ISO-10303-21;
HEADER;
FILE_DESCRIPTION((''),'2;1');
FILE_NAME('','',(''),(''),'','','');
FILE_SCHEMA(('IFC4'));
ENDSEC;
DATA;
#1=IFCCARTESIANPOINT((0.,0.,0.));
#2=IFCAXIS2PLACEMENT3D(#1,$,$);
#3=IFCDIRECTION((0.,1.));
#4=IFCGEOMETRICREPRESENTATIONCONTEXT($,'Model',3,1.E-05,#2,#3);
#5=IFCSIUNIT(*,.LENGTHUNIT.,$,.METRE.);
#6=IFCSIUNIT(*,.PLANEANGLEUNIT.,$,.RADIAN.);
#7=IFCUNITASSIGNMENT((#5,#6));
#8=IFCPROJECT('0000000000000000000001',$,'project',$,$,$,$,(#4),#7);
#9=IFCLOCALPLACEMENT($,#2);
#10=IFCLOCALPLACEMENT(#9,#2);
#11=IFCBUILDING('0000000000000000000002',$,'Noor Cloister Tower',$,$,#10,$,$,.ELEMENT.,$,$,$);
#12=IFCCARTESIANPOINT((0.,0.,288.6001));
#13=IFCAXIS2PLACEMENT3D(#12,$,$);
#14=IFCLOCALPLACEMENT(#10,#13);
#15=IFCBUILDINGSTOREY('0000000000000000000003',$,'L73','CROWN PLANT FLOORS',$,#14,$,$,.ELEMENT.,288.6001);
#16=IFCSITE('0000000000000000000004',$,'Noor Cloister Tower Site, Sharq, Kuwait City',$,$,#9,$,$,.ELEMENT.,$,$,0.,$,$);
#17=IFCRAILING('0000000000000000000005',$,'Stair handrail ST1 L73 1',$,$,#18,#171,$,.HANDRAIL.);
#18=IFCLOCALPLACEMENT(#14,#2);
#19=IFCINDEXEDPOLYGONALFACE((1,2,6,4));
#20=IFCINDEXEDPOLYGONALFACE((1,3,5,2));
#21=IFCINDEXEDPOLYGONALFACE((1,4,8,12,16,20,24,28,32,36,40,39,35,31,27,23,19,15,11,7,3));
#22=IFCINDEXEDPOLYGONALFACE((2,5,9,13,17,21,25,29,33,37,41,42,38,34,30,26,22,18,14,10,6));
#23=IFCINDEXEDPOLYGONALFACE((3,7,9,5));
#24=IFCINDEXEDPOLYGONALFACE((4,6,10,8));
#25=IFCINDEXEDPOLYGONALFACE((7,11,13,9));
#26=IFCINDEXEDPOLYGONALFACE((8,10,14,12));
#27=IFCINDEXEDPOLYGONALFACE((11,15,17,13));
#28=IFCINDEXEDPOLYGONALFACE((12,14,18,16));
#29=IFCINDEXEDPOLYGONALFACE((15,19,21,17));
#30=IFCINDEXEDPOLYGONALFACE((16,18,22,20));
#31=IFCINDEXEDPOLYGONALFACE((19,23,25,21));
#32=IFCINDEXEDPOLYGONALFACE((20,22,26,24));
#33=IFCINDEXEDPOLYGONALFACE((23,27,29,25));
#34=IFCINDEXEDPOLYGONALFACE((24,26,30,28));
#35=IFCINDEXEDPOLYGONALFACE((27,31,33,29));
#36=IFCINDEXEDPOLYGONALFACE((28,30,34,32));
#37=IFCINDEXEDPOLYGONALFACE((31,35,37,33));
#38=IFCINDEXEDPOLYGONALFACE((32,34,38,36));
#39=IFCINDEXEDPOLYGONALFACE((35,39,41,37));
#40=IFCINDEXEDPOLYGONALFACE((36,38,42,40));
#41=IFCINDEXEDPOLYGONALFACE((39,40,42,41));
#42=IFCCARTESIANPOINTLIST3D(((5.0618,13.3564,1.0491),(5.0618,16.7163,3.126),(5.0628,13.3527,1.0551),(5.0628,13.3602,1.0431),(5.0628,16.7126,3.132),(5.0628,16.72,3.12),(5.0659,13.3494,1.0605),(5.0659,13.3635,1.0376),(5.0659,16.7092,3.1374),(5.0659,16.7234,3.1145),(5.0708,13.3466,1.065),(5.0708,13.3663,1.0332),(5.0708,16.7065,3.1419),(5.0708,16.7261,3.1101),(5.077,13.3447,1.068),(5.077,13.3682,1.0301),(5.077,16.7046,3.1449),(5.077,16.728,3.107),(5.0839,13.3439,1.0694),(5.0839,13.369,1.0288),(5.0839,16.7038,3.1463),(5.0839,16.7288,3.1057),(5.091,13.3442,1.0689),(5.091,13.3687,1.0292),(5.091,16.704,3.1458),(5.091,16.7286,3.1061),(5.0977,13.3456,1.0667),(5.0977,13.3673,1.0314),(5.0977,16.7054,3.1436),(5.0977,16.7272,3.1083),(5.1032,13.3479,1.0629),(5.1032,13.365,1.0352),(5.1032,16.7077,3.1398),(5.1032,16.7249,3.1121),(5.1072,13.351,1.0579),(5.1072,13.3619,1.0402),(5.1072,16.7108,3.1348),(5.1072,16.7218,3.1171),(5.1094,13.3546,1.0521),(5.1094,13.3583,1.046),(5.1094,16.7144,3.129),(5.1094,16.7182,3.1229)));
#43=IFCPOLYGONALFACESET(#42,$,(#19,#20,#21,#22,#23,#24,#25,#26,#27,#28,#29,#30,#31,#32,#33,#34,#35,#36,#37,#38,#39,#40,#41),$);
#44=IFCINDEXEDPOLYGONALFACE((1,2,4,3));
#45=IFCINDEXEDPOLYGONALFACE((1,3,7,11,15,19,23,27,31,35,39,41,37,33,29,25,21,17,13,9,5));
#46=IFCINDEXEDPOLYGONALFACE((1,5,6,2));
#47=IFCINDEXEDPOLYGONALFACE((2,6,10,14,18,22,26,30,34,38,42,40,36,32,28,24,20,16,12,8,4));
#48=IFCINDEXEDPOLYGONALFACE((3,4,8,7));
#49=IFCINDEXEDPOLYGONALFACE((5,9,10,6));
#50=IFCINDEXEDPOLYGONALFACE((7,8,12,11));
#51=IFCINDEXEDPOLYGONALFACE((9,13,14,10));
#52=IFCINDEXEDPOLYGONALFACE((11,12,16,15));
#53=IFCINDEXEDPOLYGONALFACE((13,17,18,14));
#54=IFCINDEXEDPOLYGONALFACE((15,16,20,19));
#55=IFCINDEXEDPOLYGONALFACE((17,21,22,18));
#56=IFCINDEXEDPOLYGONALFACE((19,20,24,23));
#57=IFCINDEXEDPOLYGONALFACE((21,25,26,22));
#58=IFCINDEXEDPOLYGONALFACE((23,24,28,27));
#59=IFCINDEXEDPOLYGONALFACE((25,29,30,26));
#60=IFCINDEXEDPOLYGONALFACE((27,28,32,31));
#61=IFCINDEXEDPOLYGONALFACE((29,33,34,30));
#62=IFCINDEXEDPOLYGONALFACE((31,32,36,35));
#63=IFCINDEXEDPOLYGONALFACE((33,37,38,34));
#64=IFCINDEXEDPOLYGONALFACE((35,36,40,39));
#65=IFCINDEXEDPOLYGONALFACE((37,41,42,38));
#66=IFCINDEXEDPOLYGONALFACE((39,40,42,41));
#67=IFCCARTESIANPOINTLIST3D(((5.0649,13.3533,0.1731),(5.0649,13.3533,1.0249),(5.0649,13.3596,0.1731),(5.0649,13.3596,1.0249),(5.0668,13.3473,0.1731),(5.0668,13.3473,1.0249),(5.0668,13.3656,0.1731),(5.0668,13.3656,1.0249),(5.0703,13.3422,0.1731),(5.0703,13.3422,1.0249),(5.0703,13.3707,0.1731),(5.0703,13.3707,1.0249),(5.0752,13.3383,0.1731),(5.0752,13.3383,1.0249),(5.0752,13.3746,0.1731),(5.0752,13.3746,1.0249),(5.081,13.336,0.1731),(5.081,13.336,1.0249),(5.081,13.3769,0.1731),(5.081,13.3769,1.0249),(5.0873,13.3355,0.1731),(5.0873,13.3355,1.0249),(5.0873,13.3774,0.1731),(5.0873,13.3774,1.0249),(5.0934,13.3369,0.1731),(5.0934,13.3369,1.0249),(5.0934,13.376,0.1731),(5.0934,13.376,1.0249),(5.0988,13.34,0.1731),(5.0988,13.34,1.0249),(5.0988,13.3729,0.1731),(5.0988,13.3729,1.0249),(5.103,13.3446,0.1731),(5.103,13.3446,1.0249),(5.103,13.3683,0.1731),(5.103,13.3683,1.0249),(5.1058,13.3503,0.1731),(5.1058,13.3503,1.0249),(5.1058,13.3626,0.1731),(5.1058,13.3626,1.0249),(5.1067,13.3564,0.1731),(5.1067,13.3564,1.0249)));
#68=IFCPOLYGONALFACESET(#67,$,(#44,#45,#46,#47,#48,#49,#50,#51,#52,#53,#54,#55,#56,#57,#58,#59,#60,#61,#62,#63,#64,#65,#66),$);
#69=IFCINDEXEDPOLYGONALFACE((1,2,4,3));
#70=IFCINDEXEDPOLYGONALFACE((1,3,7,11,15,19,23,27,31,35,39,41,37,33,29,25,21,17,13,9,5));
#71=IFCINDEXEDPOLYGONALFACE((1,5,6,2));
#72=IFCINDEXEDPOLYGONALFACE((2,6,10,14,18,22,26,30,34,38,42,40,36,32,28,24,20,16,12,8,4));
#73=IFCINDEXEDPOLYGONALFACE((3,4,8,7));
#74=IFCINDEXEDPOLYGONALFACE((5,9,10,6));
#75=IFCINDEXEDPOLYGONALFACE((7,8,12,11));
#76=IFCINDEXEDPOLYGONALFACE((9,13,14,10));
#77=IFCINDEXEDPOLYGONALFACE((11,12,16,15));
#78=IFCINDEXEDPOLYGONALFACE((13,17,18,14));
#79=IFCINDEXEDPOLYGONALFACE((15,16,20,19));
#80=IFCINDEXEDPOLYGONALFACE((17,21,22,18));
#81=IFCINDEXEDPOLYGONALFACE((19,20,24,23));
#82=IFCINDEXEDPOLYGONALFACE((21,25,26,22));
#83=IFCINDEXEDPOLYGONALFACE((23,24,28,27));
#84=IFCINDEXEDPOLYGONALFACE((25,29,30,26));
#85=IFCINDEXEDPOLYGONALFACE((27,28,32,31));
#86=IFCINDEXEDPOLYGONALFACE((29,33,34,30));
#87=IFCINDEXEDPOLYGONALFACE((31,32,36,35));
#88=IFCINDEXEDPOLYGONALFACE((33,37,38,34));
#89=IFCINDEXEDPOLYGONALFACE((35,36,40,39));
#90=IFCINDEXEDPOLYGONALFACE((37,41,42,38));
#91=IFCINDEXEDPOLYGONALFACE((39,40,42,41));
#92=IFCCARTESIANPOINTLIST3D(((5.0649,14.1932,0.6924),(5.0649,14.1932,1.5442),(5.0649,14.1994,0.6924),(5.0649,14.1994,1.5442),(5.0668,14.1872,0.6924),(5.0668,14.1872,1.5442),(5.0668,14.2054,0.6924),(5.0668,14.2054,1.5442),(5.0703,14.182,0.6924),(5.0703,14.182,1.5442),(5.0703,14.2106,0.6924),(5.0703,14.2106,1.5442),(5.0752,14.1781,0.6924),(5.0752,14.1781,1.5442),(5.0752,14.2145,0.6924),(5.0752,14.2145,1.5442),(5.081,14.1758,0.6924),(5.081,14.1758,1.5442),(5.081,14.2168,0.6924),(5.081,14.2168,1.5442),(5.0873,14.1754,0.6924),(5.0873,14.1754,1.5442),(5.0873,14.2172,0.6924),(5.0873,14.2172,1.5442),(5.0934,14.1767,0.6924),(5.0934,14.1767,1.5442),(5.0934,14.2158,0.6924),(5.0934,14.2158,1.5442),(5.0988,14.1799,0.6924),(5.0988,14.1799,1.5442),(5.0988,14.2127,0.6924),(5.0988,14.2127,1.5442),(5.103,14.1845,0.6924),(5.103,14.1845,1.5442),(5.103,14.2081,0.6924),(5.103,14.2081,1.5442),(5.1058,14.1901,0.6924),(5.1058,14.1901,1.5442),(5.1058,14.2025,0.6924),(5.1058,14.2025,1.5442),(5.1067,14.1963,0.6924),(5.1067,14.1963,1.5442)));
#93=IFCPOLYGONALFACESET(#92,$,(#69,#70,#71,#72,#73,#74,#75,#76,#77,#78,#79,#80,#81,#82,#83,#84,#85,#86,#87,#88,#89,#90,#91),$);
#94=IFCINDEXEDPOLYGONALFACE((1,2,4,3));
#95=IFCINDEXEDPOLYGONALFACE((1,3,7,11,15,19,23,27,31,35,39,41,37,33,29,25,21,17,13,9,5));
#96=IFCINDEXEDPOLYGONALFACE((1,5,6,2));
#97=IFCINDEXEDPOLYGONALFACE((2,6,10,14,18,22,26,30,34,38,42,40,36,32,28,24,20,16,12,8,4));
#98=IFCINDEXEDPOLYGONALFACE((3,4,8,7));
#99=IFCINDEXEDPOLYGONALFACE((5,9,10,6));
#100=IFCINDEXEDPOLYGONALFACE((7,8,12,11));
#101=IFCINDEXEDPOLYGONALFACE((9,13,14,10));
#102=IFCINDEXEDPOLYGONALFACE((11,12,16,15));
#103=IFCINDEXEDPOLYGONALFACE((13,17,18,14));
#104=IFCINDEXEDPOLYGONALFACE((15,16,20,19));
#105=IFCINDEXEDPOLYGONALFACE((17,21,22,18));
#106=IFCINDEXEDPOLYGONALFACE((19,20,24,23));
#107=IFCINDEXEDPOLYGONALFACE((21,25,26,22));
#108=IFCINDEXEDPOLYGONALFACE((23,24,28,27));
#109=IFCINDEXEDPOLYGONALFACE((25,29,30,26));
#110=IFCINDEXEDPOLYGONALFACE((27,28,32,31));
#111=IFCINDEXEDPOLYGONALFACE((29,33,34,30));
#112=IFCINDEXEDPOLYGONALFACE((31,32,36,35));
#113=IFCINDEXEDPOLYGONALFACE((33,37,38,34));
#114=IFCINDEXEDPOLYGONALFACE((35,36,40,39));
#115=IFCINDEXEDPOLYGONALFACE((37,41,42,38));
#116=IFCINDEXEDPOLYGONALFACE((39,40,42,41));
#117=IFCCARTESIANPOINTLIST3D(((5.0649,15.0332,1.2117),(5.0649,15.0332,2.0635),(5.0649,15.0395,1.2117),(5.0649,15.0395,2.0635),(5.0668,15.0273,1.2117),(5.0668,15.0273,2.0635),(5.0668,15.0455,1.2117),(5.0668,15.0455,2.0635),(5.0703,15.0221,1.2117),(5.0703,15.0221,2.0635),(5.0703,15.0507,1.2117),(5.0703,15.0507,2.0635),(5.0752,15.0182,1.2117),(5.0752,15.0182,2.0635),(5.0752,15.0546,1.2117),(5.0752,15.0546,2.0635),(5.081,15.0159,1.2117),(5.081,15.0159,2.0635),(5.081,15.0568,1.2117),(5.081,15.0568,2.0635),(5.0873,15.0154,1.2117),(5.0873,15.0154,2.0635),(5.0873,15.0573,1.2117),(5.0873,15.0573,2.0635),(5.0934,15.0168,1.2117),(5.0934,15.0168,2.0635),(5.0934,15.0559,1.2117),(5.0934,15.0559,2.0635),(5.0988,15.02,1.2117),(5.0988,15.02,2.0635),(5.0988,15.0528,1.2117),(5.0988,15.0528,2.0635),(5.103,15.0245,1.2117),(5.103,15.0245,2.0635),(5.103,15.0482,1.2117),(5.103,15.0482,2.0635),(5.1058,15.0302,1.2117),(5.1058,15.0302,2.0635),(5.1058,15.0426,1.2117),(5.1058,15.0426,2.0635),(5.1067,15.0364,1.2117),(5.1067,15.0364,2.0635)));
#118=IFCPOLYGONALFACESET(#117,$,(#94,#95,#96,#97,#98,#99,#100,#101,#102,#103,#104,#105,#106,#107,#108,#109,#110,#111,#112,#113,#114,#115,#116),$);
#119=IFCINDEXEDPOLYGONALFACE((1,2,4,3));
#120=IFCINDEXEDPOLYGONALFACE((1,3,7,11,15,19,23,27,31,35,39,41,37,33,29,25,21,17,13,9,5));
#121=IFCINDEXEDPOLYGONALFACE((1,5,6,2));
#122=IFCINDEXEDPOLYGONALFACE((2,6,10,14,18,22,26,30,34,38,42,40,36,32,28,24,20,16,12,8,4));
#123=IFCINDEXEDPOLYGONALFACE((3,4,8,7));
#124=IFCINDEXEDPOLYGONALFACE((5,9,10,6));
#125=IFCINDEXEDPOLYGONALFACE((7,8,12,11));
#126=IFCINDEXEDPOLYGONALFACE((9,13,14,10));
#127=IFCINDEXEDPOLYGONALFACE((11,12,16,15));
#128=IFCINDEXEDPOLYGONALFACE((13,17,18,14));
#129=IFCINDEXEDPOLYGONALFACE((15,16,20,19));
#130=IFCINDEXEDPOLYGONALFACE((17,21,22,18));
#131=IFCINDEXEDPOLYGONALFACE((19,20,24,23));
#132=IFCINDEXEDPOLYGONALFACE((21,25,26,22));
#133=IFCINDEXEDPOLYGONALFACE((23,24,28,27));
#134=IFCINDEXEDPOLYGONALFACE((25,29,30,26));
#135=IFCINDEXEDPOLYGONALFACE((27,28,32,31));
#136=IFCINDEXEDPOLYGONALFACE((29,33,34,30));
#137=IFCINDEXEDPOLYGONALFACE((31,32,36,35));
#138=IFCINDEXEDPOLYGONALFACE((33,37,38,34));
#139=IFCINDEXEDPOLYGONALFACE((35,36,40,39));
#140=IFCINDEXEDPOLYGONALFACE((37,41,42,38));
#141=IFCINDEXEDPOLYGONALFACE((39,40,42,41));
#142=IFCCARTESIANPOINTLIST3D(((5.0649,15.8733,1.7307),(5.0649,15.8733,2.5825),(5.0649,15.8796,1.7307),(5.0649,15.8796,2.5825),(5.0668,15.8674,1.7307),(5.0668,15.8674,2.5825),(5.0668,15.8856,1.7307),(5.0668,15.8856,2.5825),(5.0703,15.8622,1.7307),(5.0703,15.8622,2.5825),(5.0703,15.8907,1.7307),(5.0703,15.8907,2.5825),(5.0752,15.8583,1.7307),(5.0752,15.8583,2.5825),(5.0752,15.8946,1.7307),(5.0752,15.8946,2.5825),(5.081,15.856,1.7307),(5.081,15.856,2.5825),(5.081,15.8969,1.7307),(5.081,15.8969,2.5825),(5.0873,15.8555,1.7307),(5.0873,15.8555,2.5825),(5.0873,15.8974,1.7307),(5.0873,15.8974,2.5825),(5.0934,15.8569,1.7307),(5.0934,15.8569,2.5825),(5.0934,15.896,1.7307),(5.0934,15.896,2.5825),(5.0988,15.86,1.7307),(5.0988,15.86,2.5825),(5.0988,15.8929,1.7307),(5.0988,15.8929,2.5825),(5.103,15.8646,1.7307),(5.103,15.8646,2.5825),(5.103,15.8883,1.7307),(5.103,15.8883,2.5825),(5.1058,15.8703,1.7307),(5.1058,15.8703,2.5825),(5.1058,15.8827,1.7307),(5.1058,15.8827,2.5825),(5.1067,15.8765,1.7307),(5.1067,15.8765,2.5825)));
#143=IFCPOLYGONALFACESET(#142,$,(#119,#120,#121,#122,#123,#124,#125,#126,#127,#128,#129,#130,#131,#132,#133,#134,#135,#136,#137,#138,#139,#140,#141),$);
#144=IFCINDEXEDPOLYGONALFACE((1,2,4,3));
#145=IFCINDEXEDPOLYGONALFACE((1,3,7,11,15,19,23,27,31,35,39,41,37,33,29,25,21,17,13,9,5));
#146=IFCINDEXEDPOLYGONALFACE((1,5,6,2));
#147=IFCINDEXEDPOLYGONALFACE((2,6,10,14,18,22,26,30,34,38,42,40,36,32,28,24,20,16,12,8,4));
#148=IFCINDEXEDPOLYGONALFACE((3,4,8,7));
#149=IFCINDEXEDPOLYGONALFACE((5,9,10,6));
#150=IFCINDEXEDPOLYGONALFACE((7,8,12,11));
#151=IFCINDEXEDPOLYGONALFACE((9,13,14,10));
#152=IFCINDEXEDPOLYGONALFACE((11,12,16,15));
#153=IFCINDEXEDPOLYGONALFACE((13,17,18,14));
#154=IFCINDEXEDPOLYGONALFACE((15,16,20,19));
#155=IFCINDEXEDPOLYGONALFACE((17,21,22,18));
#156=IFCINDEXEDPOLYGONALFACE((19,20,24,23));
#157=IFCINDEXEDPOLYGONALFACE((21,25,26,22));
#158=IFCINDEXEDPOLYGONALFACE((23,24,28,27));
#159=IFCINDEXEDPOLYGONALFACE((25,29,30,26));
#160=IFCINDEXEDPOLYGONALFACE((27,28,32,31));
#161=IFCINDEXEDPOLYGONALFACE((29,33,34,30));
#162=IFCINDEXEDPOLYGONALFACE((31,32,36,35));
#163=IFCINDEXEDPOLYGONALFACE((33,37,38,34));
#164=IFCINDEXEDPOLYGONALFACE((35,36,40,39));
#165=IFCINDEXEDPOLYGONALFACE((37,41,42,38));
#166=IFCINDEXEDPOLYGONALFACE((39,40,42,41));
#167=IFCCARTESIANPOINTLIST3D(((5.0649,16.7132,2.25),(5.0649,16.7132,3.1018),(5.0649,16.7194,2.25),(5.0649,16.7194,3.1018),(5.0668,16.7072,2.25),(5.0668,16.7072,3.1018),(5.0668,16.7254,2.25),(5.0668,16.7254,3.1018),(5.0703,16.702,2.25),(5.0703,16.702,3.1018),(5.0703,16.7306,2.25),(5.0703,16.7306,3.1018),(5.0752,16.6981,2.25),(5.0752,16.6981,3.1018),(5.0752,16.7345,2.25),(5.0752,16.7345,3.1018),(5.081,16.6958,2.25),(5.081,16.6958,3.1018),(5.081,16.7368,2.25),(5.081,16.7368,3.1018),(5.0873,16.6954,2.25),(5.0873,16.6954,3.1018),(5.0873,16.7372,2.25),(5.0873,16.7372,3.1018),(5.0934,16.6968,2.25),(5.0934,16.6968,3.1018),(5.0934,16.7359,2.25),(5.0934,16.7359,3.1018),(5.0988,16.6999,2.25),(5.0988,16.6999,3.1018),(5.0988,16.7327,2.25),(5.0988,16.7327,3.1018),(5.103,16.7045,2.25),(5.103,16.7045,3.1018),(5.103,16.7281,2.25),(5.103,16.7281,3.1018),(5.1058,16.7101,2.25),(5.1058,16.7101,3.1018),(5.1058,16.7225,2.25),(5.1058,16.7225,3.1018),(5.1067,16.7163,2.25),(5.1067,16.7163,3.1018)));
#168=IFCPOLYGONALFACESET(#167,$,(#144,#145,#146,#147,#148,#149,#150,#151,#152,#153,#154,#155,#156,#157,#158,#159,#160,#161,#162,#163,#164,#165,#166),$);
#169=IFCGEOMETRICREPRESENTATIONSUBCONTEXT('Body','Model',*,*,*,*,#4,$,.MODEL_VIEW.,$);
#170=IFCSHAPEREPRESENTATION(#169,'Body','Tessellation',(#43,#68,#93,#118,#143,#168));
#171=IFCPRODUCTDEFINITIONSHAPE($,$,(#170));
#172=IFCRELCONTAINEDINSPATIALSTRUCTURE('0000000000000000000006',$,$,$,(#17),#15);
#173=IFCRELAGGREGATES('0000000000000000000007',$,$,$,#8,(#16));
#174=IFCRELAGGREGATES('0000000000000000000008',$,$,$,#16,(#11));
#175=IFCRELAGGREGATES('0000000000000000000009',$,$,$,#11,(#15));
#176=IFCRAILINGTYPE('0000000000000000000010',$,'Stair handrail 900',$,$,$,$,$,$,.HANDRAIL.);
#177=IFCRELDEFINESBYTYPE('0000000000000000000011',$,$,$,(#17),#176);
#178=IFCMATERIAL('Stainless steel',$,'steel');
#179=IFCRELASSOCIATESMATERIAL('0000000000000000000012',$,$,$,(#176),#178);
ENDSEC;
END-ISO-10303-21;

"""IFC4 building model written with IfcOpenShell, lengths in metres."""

from ifc_helpers import new_model, si_unit, direction, frame, origin, origin_2d, place, context, subcontext, project, spatial, circle, extrude, material, type_object, element, save


model = new_model("IFC4")

# Units and contexts
model_context = context("Model", 3, precision=1e-05, world=origin(), true_north=direction((0.0, 1.0)))
body_context = subcontext(model_context, "Body", "Model", "MODEL_VIEW")
ifc_project = project(units=[si_unit("LENGTHUNIT", "METRE"), si_unit("PLANEANGLEUNIT", "RADIAN")], contexts=[model_context])

# Site, building, storey
site_placement = place(None, origin())
site = spatial("IfcSite", under=ifc_project, at=site_placement, Name="Noor Cloister Tower Site, Sharq, Kuwait City", CompositionType="ELEMENT", RefElevation=0.0)
building_placement = place(site_placement, origin())
building = spatial("IfcBuilding", under=site, at=building_placement, Name="Noor Cloister Tower", CompositionType="ELEMENT")
storey_placement = place(building_placement, frame((0.0, 0.0, 288.6001)))
storey = spatial("IfcBuildingStorey", under=building, at=storey_placement, Name="L73", Description="CROWN PLANT FLOORS", CompositionType="ELEMENT", Elevation=288.6001)

# Railing
ifc_material_1 = material(Name="Stainless steel", Category="steel")
railing_type_1 = type_object("IfcRailingType", Name="Stair handrail 900", PredefinedType="HANDRAIL", material=ifc_material_1)
railing_1_placement = place(storey_placement, frame((5.0857, 13.3564, 0.1731)))
element("IfcRailing", 1, at=railing_1_placement, inside=storey, type_object=railing_type_1, Name="Stair handrail ST1 L73 1", PredefinedType="HANDRAIL", context=body_context, shape_type="SweptSolid", body=[
    extrude(circle(Radius=0.0239, at=origin_2d()), frame((0.0, 0.0, 0.876), z_axis=(0.0, 0.850606, 0.525803), x_axis=(-1.0, 0.0, 0.0)), (0.0, 0.0, 1.0), 3.95),
    extrude(circle(Radius=0.021, at=origin_2d()), origin(), (0.0, 0.0, 1.0), 0.8518),
    extrude(circle(Radius=0.021, at=origin_2d()), frame((0.0, 0.8398, 0.5193)), (0.0, 0.0, 1.0), 0.8518),
    extrude(circle(Radius=0.021, at=origin_2d()), frame((0.0, 1.6799, 1.0386)), (0.0, 0.0, 1.0), 0.8518),
    extrude(circle(Radius=0.021, at=origin_2d()), frame((0.0, 2.52, 1.5576)), (0.0, 0.0, 1.0), 0.8518),
    extrude(circle(Radius=0.021, at=origin_2d()), frame((0.0, 3.3599, 2.0769)), (0.0, 0.0, 1.0), 0.8518),
])

save(model, "model.ifc")
